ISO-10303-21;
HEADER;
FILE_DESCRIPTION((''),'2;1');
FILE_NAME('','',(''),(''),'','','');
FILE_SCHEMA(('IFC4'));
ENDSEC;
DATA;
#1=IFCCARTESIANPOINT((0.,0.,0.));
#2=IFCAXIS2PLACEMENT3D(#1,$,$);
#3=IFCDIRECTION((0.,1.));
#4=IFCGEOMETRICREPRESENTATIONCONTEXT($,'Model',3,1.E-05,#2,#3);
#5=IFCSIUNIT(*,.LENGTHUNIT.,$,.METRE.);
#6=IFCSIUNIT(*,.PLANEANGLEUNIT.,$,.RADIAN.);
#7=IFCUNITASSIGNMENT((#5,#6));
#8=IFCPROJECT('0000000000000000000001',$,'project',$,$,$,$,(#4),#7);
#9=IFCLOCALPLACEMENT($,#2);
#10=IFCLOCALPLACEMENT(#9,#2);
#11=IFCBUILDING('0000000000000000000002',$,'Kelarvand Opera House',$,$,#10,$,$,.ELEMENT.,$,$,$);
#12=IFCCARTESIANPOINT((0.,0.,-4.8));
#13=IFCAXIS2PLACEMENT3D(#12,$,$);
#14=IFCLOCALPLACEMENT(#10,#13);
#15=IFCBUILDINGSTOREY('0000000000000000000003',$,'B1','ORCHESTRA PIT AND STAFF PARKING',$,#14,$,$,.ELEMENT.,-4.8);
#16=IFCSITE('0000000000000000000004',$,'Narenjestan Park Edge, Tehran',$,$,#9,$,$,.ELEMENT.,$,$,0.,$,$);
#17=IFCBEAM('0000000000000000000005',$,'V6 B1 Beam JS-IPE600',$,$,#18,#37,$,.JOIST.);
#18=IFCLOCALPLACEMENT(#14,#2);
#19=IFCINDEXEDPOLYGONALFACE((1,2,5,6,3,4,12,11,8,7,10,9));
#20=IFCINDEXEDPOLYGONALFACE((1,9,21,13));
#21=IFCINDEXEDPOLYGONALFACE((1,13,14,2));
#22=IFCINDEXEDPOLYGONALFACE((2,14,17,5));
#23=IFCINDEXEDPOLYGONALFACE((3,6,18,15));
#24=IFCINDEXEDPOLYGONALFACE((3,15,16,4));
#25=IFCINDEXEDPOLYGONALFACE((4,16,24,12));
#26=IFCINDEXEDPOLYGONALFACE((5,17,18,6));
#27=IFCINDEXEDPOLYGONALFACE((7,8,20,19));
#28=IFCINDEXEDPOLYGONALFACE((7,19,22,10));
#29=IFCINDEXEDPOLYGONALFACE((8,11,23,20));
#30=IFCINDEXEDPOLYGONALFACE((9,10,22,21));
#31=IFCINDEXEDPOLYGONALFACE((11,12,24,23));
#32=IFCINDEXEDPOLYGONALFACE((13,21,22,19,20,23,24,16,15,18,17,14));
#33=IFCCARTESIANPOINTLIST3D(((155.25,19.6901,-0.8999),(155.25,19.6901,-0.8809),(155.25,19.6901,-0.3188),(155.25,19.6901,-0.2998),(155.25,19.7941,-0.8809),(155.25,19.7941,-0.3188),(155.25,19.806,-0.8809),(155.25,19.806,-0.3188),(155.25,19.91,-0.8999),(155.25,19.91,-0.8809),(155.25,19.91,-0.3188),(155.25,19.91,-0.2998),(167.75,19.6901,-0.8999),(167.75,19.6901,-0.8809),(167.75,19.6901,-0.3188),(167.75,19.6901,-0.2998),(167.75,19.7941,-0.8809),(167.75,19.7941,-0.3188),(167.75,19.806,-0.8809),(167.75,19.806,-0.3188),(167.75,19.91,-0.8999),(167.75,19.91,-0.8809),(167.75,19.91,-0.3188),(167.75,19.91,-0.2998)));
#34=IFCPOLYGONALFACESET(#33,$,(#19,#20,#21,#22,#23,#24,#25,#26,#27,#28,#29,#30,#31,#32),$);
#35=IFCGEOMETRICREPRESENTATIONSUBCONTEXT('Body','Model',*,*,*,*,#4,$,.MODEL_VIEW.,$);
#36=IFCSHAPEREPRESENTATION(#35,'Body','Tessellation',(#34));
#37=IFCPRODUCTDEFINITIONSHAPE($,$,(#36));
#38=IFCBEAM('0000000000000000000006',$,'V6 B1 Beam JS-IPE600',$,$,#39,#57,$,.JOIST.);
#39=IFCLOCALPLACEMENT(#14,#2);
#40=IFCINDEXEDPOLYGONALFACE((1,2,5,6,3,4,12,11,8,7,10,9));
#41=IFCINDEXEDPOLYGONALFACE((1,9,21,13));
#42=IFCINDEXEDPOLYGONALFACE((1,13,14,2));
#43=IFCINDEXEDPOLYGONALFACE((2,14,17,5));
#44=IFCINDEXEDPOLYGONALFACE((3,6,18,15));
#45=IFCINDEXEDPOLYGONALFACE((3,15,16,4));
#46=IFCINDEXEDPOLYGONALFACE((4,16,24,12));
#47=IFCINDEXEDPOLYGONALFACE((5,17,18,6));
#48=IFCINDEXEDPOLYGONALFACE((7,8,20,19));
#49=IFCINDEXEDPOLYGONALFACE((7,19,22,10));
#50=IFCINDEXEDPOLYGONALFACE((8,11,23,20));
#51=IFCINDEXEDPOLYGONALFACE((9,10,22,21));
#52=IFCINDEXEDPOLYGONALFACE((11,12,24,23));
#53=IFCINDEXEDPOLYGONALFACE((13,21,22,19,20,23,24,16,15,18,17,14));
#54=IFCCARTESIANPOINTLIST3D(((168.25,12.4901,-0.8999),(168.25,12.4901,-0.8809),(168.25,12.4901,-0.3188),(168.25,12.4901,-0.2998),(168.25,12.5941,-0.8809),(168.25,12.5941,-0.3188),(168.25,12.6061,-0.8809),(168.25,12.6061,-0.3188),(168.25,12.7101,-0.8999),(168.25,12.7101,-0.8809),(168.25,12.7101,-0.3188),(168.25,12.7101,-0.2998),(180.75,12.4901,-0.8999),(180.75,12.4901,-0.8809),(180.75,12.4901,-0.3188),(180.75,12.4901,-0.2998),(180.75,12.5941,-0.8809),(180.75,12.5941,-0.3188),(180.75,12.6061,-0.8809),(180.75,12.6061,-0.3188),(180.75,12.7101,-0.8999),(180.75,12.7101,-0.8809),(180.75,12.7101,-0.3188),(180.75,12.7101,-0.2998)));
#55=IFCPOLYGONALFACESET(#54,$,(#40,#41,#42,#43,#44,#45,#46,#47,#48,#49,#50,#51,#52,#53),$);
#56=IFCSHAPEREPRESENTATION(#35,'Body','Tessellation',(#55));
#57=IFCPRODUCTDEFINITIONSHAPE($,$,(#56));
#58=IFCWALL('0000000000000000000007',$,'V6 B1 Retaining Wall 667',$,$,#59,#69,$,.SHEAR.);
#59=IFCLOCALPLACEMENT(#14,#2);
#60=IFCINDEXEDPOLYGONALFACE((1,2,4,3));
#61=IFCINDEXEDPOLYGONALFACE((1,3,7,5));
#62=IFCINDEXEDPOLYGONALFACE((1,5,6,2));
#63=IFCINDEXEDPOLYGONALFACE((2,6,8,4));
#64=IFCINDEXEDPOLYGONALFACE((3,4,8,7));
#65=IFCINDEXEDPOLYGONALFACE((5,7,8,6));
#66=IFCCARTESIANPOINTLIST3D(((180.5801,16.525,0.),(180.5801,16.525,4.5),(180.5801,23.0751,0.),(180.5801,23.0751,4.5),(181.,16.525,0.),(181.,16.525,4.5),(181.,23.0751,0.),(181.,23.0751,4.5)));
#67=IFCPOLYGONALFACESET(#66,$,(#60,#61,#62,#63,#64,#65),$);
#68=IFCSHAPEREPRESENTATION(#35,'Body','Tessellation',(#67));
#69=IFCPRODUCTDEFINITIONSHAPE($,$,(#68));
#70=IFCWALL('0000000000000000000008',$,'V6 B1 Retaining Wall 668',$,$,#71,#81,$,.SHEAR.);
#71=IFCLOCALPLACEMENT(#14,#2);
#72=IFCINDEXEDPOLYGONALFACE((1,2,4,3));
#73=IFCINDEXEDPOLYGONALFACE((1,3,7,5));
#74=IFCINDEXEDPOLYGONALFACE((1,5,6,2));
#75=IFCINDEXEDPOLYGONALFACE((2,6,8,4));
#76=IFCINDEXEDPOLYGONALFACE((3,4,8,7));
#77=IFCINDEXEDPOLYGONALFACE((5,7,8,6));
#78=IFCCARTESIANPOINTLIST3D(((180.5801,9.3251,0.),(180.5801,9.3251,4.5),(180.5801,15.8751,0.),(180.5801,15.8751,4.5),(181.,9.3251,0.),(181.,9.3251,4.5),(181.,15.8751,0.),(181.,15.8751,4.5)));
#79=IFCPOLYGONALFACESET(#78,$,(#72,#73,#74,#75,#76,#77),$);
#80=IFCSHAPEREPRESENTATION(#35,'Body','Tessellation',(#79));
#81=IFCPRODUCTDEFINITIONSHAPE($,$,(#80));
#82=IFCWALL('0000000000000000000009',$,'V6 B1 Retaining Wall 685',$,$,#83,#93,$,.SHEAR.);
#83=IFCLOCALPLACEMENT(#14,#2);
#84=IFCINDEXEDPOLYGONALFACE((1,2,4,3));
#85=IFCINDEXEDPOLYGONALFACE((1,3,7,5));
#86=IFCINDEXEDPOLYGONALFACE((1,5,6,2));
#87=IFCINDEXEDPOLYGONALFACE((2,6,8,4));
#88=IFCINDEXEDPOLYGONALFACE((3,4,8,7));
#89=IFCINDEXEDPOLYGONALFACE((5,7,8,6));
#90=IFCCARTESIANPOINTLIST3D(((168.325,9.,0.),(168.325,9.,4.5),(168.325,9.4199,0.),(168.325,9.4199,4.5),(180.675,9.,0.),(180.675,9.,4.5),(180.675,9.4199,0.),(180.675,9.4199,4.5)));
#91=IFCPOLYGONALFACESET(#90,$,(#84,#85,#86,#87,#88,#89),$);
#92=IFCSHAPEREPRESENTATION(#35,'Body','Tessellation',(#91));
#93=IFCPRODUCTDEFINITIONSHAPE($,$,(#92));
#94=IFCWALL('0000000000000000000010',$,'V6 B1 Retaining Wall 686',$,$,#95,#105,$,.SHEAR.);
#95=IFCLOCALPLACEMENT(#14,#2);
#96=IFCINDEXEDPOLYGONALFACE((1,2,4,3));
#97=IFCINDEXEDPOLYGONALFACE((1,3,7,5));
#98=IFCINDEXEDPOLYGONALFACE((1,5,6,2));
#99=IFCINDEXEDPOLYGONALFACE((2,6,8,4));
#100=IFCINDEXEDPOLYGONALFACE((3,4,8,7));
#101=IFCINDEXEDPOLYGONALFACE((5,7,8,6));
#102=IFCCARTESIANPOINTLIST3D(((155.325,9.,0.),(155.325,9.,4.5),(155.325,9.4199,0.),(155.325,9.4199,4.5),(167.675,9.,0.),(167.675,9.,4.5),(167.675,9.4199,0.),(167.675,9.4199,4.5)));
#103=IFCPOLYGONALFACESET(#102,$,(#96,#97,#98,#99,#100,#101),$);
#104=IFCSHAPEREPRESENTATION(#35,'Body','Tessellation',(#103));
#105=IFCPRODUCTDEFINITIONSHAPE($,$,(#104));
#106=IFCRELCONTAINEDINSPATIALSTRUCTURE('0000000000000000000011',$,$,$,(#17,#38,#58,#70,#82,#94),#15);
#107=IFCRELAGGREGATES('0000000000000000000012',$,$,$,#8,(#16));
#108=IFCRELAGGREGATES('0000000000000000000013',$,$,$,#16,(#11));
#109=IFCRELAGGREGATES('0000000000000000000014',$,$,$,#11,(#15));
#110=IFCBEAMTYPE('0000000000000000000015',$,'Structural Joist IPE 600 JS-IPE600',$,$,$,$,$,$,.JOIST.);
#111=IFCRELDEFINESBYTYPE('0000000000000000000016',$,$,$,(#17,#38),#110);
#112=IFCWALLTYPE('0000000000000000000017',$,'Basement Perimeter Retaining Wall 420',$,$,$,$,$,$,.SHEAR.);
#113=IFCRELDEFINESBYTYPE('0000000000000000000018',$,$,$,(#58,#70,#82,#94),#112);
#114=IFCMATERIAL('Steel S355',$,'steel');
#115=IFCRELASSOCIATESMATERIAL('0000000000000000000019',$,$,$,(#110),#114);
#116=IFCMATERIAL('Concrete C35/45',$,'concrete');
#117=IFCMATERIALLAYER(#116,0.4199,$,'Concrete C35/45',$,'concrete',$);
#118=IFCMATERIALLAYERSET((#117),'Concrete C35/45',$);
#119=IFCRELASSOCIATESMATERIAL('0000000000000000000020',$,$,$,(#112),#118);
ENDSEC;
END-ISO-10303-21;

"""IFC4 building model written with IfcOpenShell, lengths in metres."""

from ifc_helpers import new_model, si_unit, direction, frame, frame_2d, origin, origin_2d, place, context, subcontext, project, spatial, rectangle, i_section, extrude, material, layer, layer_set, material_profile, profile_set, type_object, element, save


model = new_model("IFC4")

# Units and contexts
model_context = context("Model", 3, precision=1e-05, world=origin(), true_north=direction((0.0, 1.0)))
body_context = subcontext(model_context, "Body", "Model", "MODEL_VIEW")
ifc_project = project(units=[si_unit("LENGTHUNIT", "METRE"), si_unit("PLANEANGLEUNIT", "RADIAN")], contexts=[model_context])

# Site, building, storey
site_placement = place(None, origin())
site = spatial("IfcSite", under=ifc_project, at=site_placement, Name="Narenjestan Park Edge, Tehran", CompositionType="ELEMENT", RefElevation=0.0)
building_placement = place(site_placement, origin())
building = spatial("IfcBuilding", under=site, at=building_placement, Name="Kelarvand Opera House", CompositionType="ELEMENT")
storey_placement = place(building_placement, frame((0.0, 0.0, -4.8)))
storey = spatial("IfcBuildingStorey", under=building, at=storey_placement, Name="B1", Description="ORCHESTRA PIT AND STAFF PARKING", CompositionType="ELEMENT", Elevation=-4.8)

# Beams
ifc_material_1 = material(Name="Steel S355", Category="steel")
ifc_material_profile_1 = material_profile(ifc_material_1, i_section(OverallWidth=0.22, OverallDepth=0.6001, WebThickness=0.012, FlangeThickness=0.019, at=origin_2d()), Name="IPE 600", Category="steel")
ifc_profile_set_1 = profile_set([ifc_material_profile_1], Name="Steel S355")
beam_type_1 = type_object("IfcBeamType", Name="Structural Joist IPE 600 JS-IPE600", PredefinedType="JOIST", material=ifc_profile_set_1)
for number, where, z_axis, x_axis, name in (
    (1, (155.25, 19.8, -0.5999), (1.0, 0.0, 0.0), (0.0, 1.0, 0.0), "V6 B1 Beam JS-IPE600"),
    (2, (168.25, 12.6001, -0.5999), (1.0, 0.0, 0.0), (0.0, 1.0, 0.0), "V6 B1 Beam JS-IPE600"),
):
    element("IfcBeam", number, at=place(storey_placement, frame(where, z_axis=z_axis, x_axis=x_axis)), inside=storey, type_object=beam_type_1, Name=name, PredefinedType="JOIST", context=body_context, shape_type="SweptSolid", body=[
        extrude(i_section(OverallWidth=0.22, OverallDepth=0.6001, WebThickness=0.012, FlangeThickness=0.019, at=origin_2d()), origin(), (0.0, 0.0, 1.0), 12.5),
    ])

# Walls
ifc_material_2 = material(Name="Concrete C35/45", Category="concrete")
ifc_layer = layer(ifc_material_2, 0.4199, Name="Concrete C35/45", Category="concrete")
ifc_layer_set = layer_set([ifc_layer], Name="Concrete C35/45")
wall_type = type_object("IfcWallType", Name="Basement Perimeter Retaining Wall 420", PredefinedType="SHEAR", material=ifc_layer_set)
for number, where, z_axis, x_axis, name in (
    (3, (180.79, 23.075, 0.0), (0.0, 0.0, 1.0), (0.0, -1.0, 0.0), "V6 B1 Retaining Wall 667"),
    (4, (180.79, 15.875, 0.0), (0.0, 0.0, 1.0), (0.0, -1.0, 0.0), "V6 B1 Retaining Wall 668"),
):
    element("IfcWall", number, at=place(storey_placement, frame(where, z_axis=z_axis, x_axis=x_axis)), inside=storey, type_object=wall_type, Name=name, PredefinedType="SHEAR", context=body_context, shape_type="SweptSolid", body=[
        extrude(rectangle(XDim=6.55, YDim=0.4199, at=frame_2d((3.2749, 0.0))), origin(), (0.0, 0.0, 1.0), 4.5),
    ])
for number, where, z_axis, x_axis, name in (
    (5, (180.675, 9.21, 0.0), (0.0, 0.0, 1.0), (-1.0, 0.0, 0.0), "V6 B1 Retaining Wall 685"),
    (6, (167.675, 9.21, 0.0), (0.0, 0.0, 1.0), (-1.0, 0.0, 0.0), "V6 B1 Retaining Wall 686"),
):
    element("IfcWall", number, at=place(storey_placement, frame(where, z_axis=z_axis, x_axis=x_axis)), inside=storey, type_object=wall_type, Name=name, PredefinedType="SHEAR", context=body_context, shape_type="SweptSolid", body=[
        extrude(rectangle(XDim=12.3501, YDim=0.4199, at=frame_2d((6.175, 0.0))), origin(), (0.0, 0.0, 1.0), 4.5),
    ])

save(model, "model.ifc")
